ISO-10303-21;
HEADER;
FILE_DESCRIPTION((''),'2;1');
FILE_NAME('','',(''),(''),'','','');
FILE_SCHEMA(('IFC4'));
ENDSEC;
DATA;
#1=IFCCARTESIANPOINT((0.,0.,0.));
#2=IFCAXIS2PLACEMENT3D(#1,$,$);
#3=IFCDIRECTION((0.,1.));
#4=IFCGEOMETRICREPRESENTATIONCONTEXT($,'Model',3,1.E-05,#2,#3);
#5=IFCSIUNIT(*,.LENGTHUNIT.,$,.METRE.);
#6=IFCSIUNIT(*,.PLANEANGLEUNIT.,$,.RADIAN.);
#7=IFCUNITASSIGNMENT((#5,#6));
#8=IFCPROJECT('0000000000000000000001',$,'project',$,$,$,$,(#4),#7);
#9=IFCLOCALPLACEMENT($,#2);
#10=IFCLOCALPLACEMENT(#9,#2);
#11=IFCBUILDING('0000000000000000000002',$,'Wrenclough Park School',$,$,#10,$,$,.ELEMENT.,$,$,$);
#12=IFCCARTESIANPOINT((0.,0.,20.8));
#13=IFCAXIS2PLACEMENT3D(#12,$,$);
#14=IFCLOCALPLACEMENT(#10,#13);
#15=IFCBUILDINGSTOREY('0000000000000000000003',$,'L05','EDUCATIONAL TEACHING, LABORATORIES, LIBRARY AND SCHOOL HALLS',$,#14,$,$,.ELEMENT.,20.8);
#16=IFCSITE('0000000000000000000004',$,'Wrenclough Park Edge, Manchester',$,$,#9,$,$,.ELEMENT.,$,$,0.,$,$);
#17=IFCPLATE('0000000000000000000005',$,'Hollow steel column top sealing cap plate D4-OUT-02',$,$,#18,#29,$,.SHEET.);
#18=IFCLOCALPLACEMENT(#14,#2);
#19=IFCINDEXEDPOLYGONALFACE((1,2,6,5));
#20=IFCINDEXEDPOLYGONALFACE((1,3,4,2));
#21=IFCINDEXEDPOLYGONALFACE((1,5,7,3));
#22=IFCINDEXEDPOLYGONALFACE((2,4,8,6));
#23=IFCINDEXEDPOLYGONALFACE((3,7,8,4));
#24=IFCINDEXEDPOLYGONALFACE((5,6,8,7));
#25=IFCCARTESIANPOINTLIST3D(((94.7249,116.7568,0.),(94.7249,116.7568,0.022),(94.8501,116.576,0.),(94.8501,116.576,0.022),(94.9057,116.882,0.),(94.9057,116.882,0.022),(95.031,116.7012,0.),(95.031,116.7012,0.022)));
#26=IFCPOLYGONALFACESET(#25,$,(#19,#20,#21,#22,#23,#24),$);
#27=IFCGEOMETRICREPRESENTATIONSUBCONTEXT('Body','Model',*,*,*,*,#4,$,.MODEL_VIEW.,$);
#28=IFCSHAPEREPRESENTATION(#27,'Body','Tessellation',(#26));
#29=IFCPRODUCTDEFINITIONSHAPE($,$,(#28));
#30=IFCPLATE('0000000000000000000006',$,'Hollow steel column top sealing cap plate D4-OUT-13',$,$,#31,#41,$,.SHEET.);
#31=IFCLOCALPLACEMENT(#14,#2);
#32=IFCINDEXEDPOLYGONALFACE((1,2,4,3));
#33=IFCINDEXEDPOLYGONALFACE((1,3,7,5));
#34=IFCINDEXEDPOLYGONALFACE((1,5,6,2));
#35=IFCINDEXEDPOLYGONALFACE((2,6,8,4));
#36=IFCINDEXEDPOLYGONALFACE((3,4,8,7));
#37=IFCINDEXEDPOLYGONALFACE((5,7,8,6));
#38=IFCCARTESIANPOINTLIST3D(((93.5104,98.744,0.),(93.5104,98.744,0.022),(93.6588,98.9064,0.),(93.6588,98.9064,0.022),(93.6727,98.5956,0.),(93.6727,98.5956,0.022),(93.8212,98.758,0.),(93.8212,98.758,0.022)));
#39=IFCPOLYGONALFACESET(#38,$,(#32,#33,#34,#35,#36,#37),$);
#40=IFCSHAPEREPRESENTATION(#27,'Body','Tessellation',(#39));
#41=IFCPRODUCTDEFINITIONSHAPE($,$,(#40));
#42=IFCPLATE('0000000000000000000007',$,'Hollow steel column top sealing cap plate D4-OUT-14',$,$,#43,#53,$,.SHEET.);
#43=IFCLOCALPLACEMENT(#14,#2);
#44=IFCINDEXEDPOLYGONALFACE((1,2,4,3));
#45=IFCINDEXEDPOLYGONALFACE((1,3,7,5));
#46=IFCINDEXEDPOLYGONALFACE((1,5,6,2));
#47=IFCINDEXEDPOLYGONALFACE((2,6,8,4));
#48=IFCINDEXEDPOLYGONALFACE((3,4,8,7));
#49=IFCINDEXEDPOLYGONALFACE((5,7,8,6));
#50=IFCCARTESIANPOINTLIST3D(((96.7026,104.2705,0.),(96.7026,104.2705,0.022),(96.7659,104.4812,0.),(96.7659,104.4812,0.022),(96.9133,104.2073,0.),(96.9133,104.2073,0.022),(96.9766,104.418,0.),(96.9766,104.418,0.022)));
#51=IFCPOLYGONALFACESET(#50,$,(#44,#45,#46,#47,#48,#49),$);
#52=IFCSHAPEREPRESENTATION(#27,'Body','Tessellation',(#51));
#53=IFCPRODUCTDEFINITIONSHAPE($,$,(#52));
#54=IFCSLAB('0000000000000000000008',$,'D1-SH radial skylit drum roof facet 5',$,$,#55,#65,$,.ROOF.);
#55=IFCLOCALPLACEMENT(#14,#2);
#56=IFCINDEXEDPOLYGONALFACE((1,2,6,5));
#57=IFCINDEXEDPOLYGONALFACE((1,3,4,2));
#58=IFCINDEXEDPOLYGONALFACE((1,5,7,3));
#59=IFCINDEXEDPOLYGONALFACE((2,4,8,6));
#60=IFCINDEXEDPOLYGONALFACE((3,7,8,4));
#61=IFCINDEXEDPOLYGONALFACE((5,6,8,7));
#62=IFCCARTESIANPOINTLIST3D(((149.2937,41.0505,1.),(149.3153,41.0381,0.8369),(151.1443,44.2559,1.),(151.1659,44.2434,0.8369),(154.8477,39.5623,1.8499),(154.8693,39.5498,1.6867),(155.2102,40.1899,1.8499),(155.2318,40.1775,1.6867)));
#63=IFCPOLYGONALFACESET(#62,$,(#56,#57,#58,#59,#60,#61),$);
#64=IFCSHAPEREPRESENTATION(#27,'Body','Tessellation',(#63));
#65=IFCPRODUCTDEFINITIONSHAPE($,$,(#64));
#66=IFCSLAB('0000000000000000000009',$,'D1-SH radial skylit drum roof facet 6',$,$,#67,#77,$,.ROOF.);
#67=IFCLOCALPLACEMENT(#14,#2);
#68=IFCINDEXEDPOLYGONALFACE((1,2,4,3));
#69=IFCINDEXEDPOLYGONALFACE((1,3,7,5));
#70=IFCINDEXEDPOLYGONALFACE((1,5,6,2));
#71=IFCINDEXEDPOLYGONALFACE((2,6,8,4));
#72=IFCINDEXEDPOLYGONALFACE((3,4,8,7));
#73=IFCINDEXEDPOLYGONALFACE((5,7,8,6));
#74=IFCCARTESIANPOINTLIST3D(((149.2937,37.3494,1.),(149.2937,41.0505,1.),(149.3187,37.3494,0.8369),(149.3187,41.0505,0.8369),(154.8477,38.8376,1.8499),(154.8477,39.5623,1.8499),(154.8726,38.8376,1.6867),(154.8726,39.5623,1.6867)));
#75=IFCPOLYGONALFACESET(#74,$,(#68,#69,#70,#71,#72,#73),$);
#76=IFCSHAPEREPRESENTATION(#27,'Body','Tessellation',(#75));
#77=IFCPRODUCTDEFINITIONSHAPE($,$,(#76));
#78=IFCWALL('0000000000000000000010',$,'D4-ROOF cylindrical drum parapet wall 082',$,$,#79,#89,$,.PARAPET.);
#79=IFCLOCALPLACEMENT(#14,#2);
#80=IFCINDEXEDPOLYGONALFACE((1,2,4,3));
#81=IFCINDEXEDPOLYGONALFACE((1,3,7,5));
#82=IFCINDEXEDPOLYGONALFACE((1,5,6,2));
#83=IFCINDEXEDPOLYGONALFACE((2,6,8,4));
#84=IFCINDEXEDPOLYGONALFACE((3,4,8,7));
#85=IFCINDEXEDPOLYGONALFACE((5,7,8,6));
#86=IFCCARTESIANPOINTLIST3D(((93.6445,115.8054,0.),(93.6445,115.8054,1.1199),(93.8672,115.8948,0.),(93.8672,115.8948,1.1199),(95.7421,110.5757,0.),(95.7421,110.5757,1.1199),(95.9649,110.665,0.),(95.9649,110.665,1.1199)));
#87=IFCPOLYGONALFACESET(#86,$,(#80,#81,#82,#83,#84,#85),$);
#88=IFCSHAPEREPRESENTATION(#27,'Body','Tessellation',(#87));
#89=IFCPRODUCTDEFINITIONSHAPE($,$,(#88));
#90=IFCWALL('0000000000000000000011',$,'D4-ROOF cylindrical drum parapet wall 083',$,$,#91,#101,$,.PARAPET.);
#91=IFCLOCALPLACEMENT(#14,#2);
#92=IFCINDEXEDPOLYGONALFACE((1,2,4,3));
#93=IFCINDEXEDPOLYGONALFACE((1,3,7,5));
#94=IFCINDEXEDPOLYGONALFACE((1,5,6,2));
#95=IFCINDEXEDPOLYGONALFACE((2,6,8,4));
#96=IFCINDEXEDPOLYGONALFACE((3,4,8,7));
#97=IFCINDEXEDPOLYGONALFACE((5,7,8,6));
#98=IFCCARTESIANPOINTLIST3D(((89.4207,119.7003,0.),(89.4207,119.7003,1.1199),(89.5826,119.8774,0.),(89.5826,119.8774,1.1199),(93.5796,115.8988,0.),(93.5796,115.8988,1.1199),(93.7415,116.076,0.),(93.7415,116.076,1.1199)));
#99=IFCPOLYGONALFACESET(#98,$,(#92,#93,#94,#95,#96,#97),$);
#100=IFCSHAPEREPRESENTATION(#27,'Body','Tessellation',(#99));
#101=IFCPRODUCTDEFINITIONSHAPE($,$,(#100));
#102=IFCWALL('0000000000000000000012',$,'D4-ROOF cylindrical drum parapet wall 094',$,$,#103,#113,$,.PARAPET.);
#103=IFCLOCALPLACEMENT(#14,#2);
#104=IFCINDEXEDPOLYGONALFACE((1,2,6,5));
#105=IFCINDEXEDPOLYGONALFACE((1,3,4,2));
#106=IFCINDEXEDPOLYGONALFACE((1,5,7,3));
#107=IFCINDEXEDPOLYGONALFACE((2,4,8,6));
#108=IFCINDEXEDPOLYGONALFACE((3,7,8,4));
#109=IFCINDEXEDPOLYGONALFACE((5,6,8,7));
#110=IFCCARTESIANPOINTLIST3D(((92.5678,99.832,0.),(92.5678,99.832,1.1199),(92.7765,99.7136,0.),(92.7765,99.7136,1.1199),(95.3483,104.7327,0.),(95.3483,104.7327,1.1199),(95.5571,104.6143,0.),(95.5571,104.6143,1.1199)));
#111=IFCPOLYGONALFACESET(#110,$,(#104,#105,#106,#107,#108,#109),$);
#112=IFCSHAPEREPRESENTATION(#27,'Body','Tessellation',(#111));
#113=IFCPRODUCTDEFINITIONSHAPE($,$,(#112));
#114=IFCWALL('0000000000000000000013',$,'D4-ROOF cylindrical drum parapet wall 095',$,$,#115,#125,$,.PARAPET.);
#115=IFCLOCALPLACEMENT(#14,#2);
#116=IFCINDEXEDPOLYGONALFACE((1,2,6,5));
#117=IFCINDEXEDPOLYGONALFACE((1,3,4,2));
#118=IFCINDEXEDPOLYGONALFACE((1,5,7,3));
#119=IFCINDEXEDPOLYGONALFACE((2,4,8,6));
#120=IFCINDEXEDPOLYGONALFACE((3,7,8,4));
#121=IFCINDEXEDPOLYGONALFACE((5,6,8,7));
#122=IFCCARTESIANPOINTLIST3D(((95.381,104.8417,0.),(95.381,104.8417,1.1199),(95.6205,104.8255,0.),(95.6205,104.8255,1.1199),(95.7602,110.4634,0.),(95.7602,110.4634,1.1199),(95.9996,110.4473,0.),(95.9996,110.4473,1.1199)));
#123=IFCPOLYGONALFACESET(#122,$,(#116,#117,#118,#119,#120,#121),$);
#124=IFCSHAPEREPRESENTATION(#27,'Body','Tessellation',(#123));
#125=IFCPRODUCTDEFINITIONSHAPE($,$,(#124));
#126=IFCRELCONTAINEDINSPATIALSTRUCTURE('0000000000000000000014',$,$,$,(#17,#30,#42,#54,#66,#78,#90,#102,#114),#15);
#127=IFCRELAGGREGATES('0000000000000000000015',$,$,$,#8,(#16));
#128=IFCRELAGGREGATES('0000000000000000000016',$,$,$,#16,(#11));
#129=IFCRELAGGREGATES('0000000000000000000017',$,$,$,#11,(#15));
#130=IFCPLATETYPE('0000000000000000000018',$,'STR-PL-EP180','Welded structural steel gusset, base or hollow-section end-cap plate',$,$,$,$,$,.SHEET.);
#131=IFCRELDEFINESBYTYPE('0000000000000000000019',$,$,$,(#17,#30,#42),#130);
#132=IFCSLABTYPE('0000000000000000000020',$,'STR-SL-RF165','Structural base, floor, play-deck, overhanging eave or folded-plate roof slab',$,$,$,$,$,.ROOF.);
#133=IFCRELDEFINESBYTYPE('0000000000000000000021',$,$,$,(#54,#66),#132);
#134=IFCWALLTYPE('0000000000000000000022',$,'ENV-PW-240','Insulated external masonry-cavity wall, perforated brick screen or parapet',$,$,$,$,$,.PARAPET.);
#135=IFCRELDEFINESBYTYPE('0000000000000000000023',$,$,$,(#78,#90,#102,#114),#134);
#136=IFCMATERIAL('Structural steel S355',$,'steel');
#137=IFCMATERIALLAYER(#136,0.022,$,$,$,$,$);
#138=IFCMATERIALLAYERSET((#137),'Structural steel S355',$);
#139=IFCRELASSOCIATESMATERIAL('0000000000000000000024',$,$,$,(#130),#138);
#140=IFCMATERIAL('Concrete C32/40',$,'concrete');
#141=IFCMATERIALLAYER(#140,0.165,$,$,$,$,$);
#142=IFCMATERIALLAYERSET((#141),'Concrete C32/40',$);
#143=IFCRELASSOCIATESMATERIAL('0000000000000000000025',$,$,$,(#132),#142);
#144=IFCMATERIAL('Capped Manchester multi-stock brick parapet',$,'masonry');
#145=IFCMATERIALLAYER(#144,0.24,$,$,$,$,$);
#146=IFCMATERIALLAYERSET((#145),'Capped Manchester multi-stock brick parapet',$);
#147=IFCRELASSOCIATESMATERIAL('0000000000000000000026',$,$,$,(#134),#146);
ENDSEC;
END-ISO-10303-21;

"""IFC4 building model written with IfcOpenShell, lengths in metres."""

from ifc_helpers import new_model, si_unit, direction, frame, frame_2d, origin, origin_2d, place, context, subcontext, project, spatial, polyline, rectangle, outline, extrude, material, layer, layer_set, type_object, element, save


model = new_model("IFC4")

# Units and contexts
model_context = context("Model", 3, precision=1e-05, world=origin(), true_north=direction((0.0, 1.0)))
body_context = subcontext(model_context, "Body", "Model", "MODEL_VIEW")
ifc_project = project(units=[si_unit("LENGTHUNIT", "METRE"), si_unit("PLANEANGLEUNIT", "RADIAN")], contexts=[model_context])

# Site, building, storey
site_placement = place(None, origin())
site = spatial("IfcSite", under=ifc_project, at=site_placement, Name="Wrenclough Park Edge, Manchester", CompositionType="ELEMENT", RefElevation=0.0)
building_placement = place(site_placement, origin())
building = spatial("IfcBuilding", under=site, at=building_placement, Name="Wrenclough Park School", CompositionType="ELEMENT")
storey_placement = place(building_placement, frame((0.0, 0.0, 20.8)))
storey = spatial("IfcBuildingStorey", under=building, at=storey_placement, Name="L05", Description="EDUCATIONAL TEACHING, LABORATORIES, LIBRARY AND SCHOOL HALLS", CompositionType="ELEMENT", Elevation=20.8)

# Shared definitions
ifc_material_1 = material(Name="Structural steel S355", Category="steel")

# Plates
ifc_layer_1 = layer(ifc_material_1, 0.022)
ifc_layer_set_1 = layer_set([ifc_layer_1], Name="Structural steel S355")
plate_type_1 = type_object("IfcPlateType", Name="STR-PL-EP180", Description="Welded structural steel gusset, base or hollow-section end-cap plate", PredefinedType="SHEET", material=ifc_layer_set_1)
for number, where, z_axis, x_axis, name in (
    (1, (94.8779, 116.729, 0.0), (0.0, 0.0, 1.0), (-0.569423, 0.822045, 0.0), "Hollow steel column top sealing cap plate D4-OUT-02"),
    (2, (93.6658, 98.751, 0.0), (0.0, 0.0, 1.0), (0.674689, 0.738102, 0.0), "Hollow steel column top sealing cap plate D4-OUT-13"),
    (3, (96.8396, 104.3442, 0.0), (0.0, 0.0, 1.0), (0.287528, 0.957772, 0.0), "Hollow steel column top sealing cap plate D4-OUT-14"),
):
    element("IfcPlate", number, at=place(storey_placement, frame(where, z_axis=z_axis, x_axis=x_axis)), inside=storey, type_object=plate_type_1, Name=name, PredefinedType="SHEET", context=body_context, shape_type="SweptSolid", body=[
        extrude(rectangle(XDim=0.22, YDim=0.22, at=origin_2d()), origin(), (0.0, 0.0, 1.0), 0.022),
    ])

# Slabs
ifc_material_2 = material(Name="Concrete C32/40", Category="concrete")
ifc_layer_2 = layer(ifc_material_2, 0.165)
ifc_layer_set_2 = layer_set([ifc_layer_2], Name="Concrete C32/40")
slab_type = type_object("IfcSlabType", Name="STR-SL-RF165", Description="Structural base, floor, play-deck, overhanging eave or folded-plate roof slab", PredefinedType="ROOF", material=ifc_layer_set_2)
slab_1_placement = place(storey_placement, frame((151.1443, 44.2559, 1.0), z_axis=(-0.130988, 0.075631, 0.988495), x_axis=(-0.499999, -0.866026, 0.000005)))
element("IfcSlab", 4, at=slab_1_placement, inside=storey, type_object=slab_type, Name="D1-SH radial skylit drum roof facet 5", PredefinedType="ROOF", context=body_context, shape_type="SweptSolid", body=[
    extrude(outline(polyline([(0.0, 0.0), (3.7012, 0.0), (2.2131, 5.6187), (1.4882, 5.6188), (0.0, 0.0)])), origin(), (0.0, 0.0, -1.0), 0.165),
])
slab_2_placement = place(storey_placement, frame((149.2937, 41.0505, 1.0), z_axis=(-0.151257, 0.0, 0.988494), x_axis=(0.0, -1.0, 0.0)))
element("IfcSlab", 5, at=slab_2_placement, inside=storey, type_object=slab_type, Name="D1-SH radial skylit drum roof facet 6", PredefinedType="ROOF", context=body_context, shape_type="SweptSolid", body=[
    extrude(outline(polyline([(0.0, 0.0), (3.7012, 0.0), (2.2129, 5.6186), (1.4883, 5.6186), (0.0, 0.0)])), origin(), (0.0, 0.0, -1.0), 0.165),
])

# Walls
ifc_material_3 = material(Name="Capped Manchester multi-stock brick parapet", Category="masonry")
ifc_layer_3 = layer(ifc_material_3, 0.24)
ifc_layer_set_3 = layer_set([ifc_layer_3], Name="Capped Manchester multi-stock brick parapet")
wall_type = type_object("IfcWallType", Name="ENV-PW-240", Description="Insulated external masonry-cavity wall, perforated brick screen or parapet", PredefinedType="PARAPET", material=ifc_layer_set_3)
wall_placement = place(storey_placement, frame((95.8535, 110.6204, 0.0), z_axis=(0.0, 0.0, 1.0), x_axis=(-0.372272, 0.928124, 0.0)))
element("IfcWall", 6, at=wall_placement, inside=storey, type_object=wall_type, Name="D4-ROOF cylindrical drum parapet wall 082", PredefinedType="PARAPET", context=body_context, shape_type="SweptSolid", body=[
    extrude(rectangle(XDim=5.6348, YDim=0.24, at=frame_2d((2.8174, 0.0))), origin(), (0.0, 0.0, 1.0), 1.1199),
])
for number, where, z_axis, x_axis, name in (
    (7, (93.6606, 115.9873, 0.0), (0.0, 0.0, 1.0), (-0.738112, 0.674678, 0.0), "D4-ROOF cylindrical drum parapet wall 083"),
    (8, (92.6721, 99.7727, 0.0), (0.0, 0.0, 1.0), (0.493482, 0.869756, 0.0), "D4-ROOF cylindrical drum parapet wall 094"),
    (9, (95.5007, 104.8335, 0.0), (0.0, 0.0, 1.0), (0.06729, 0.997733, 0.0), "D4-ROOF cylindrical drum parapet wall 095"),
):
    element("IfcWall", number, at=place(storey_placement, frame(where, z_axis=z_axis, x_axis=x_axis)), inside=storey, type_object=wall_type, Name=name, PredefinedType="PARAPET", context=body_context, shape_type="SweptSolid", body=[
        extrude(rectangle(XDim=5.6345, YDim=0.24, at=frame_2d((2.8174, 0.0))), origin(), (0.0, 0.0, 1.0), 1.1199),
    ])

save(model, "model.ifc")
